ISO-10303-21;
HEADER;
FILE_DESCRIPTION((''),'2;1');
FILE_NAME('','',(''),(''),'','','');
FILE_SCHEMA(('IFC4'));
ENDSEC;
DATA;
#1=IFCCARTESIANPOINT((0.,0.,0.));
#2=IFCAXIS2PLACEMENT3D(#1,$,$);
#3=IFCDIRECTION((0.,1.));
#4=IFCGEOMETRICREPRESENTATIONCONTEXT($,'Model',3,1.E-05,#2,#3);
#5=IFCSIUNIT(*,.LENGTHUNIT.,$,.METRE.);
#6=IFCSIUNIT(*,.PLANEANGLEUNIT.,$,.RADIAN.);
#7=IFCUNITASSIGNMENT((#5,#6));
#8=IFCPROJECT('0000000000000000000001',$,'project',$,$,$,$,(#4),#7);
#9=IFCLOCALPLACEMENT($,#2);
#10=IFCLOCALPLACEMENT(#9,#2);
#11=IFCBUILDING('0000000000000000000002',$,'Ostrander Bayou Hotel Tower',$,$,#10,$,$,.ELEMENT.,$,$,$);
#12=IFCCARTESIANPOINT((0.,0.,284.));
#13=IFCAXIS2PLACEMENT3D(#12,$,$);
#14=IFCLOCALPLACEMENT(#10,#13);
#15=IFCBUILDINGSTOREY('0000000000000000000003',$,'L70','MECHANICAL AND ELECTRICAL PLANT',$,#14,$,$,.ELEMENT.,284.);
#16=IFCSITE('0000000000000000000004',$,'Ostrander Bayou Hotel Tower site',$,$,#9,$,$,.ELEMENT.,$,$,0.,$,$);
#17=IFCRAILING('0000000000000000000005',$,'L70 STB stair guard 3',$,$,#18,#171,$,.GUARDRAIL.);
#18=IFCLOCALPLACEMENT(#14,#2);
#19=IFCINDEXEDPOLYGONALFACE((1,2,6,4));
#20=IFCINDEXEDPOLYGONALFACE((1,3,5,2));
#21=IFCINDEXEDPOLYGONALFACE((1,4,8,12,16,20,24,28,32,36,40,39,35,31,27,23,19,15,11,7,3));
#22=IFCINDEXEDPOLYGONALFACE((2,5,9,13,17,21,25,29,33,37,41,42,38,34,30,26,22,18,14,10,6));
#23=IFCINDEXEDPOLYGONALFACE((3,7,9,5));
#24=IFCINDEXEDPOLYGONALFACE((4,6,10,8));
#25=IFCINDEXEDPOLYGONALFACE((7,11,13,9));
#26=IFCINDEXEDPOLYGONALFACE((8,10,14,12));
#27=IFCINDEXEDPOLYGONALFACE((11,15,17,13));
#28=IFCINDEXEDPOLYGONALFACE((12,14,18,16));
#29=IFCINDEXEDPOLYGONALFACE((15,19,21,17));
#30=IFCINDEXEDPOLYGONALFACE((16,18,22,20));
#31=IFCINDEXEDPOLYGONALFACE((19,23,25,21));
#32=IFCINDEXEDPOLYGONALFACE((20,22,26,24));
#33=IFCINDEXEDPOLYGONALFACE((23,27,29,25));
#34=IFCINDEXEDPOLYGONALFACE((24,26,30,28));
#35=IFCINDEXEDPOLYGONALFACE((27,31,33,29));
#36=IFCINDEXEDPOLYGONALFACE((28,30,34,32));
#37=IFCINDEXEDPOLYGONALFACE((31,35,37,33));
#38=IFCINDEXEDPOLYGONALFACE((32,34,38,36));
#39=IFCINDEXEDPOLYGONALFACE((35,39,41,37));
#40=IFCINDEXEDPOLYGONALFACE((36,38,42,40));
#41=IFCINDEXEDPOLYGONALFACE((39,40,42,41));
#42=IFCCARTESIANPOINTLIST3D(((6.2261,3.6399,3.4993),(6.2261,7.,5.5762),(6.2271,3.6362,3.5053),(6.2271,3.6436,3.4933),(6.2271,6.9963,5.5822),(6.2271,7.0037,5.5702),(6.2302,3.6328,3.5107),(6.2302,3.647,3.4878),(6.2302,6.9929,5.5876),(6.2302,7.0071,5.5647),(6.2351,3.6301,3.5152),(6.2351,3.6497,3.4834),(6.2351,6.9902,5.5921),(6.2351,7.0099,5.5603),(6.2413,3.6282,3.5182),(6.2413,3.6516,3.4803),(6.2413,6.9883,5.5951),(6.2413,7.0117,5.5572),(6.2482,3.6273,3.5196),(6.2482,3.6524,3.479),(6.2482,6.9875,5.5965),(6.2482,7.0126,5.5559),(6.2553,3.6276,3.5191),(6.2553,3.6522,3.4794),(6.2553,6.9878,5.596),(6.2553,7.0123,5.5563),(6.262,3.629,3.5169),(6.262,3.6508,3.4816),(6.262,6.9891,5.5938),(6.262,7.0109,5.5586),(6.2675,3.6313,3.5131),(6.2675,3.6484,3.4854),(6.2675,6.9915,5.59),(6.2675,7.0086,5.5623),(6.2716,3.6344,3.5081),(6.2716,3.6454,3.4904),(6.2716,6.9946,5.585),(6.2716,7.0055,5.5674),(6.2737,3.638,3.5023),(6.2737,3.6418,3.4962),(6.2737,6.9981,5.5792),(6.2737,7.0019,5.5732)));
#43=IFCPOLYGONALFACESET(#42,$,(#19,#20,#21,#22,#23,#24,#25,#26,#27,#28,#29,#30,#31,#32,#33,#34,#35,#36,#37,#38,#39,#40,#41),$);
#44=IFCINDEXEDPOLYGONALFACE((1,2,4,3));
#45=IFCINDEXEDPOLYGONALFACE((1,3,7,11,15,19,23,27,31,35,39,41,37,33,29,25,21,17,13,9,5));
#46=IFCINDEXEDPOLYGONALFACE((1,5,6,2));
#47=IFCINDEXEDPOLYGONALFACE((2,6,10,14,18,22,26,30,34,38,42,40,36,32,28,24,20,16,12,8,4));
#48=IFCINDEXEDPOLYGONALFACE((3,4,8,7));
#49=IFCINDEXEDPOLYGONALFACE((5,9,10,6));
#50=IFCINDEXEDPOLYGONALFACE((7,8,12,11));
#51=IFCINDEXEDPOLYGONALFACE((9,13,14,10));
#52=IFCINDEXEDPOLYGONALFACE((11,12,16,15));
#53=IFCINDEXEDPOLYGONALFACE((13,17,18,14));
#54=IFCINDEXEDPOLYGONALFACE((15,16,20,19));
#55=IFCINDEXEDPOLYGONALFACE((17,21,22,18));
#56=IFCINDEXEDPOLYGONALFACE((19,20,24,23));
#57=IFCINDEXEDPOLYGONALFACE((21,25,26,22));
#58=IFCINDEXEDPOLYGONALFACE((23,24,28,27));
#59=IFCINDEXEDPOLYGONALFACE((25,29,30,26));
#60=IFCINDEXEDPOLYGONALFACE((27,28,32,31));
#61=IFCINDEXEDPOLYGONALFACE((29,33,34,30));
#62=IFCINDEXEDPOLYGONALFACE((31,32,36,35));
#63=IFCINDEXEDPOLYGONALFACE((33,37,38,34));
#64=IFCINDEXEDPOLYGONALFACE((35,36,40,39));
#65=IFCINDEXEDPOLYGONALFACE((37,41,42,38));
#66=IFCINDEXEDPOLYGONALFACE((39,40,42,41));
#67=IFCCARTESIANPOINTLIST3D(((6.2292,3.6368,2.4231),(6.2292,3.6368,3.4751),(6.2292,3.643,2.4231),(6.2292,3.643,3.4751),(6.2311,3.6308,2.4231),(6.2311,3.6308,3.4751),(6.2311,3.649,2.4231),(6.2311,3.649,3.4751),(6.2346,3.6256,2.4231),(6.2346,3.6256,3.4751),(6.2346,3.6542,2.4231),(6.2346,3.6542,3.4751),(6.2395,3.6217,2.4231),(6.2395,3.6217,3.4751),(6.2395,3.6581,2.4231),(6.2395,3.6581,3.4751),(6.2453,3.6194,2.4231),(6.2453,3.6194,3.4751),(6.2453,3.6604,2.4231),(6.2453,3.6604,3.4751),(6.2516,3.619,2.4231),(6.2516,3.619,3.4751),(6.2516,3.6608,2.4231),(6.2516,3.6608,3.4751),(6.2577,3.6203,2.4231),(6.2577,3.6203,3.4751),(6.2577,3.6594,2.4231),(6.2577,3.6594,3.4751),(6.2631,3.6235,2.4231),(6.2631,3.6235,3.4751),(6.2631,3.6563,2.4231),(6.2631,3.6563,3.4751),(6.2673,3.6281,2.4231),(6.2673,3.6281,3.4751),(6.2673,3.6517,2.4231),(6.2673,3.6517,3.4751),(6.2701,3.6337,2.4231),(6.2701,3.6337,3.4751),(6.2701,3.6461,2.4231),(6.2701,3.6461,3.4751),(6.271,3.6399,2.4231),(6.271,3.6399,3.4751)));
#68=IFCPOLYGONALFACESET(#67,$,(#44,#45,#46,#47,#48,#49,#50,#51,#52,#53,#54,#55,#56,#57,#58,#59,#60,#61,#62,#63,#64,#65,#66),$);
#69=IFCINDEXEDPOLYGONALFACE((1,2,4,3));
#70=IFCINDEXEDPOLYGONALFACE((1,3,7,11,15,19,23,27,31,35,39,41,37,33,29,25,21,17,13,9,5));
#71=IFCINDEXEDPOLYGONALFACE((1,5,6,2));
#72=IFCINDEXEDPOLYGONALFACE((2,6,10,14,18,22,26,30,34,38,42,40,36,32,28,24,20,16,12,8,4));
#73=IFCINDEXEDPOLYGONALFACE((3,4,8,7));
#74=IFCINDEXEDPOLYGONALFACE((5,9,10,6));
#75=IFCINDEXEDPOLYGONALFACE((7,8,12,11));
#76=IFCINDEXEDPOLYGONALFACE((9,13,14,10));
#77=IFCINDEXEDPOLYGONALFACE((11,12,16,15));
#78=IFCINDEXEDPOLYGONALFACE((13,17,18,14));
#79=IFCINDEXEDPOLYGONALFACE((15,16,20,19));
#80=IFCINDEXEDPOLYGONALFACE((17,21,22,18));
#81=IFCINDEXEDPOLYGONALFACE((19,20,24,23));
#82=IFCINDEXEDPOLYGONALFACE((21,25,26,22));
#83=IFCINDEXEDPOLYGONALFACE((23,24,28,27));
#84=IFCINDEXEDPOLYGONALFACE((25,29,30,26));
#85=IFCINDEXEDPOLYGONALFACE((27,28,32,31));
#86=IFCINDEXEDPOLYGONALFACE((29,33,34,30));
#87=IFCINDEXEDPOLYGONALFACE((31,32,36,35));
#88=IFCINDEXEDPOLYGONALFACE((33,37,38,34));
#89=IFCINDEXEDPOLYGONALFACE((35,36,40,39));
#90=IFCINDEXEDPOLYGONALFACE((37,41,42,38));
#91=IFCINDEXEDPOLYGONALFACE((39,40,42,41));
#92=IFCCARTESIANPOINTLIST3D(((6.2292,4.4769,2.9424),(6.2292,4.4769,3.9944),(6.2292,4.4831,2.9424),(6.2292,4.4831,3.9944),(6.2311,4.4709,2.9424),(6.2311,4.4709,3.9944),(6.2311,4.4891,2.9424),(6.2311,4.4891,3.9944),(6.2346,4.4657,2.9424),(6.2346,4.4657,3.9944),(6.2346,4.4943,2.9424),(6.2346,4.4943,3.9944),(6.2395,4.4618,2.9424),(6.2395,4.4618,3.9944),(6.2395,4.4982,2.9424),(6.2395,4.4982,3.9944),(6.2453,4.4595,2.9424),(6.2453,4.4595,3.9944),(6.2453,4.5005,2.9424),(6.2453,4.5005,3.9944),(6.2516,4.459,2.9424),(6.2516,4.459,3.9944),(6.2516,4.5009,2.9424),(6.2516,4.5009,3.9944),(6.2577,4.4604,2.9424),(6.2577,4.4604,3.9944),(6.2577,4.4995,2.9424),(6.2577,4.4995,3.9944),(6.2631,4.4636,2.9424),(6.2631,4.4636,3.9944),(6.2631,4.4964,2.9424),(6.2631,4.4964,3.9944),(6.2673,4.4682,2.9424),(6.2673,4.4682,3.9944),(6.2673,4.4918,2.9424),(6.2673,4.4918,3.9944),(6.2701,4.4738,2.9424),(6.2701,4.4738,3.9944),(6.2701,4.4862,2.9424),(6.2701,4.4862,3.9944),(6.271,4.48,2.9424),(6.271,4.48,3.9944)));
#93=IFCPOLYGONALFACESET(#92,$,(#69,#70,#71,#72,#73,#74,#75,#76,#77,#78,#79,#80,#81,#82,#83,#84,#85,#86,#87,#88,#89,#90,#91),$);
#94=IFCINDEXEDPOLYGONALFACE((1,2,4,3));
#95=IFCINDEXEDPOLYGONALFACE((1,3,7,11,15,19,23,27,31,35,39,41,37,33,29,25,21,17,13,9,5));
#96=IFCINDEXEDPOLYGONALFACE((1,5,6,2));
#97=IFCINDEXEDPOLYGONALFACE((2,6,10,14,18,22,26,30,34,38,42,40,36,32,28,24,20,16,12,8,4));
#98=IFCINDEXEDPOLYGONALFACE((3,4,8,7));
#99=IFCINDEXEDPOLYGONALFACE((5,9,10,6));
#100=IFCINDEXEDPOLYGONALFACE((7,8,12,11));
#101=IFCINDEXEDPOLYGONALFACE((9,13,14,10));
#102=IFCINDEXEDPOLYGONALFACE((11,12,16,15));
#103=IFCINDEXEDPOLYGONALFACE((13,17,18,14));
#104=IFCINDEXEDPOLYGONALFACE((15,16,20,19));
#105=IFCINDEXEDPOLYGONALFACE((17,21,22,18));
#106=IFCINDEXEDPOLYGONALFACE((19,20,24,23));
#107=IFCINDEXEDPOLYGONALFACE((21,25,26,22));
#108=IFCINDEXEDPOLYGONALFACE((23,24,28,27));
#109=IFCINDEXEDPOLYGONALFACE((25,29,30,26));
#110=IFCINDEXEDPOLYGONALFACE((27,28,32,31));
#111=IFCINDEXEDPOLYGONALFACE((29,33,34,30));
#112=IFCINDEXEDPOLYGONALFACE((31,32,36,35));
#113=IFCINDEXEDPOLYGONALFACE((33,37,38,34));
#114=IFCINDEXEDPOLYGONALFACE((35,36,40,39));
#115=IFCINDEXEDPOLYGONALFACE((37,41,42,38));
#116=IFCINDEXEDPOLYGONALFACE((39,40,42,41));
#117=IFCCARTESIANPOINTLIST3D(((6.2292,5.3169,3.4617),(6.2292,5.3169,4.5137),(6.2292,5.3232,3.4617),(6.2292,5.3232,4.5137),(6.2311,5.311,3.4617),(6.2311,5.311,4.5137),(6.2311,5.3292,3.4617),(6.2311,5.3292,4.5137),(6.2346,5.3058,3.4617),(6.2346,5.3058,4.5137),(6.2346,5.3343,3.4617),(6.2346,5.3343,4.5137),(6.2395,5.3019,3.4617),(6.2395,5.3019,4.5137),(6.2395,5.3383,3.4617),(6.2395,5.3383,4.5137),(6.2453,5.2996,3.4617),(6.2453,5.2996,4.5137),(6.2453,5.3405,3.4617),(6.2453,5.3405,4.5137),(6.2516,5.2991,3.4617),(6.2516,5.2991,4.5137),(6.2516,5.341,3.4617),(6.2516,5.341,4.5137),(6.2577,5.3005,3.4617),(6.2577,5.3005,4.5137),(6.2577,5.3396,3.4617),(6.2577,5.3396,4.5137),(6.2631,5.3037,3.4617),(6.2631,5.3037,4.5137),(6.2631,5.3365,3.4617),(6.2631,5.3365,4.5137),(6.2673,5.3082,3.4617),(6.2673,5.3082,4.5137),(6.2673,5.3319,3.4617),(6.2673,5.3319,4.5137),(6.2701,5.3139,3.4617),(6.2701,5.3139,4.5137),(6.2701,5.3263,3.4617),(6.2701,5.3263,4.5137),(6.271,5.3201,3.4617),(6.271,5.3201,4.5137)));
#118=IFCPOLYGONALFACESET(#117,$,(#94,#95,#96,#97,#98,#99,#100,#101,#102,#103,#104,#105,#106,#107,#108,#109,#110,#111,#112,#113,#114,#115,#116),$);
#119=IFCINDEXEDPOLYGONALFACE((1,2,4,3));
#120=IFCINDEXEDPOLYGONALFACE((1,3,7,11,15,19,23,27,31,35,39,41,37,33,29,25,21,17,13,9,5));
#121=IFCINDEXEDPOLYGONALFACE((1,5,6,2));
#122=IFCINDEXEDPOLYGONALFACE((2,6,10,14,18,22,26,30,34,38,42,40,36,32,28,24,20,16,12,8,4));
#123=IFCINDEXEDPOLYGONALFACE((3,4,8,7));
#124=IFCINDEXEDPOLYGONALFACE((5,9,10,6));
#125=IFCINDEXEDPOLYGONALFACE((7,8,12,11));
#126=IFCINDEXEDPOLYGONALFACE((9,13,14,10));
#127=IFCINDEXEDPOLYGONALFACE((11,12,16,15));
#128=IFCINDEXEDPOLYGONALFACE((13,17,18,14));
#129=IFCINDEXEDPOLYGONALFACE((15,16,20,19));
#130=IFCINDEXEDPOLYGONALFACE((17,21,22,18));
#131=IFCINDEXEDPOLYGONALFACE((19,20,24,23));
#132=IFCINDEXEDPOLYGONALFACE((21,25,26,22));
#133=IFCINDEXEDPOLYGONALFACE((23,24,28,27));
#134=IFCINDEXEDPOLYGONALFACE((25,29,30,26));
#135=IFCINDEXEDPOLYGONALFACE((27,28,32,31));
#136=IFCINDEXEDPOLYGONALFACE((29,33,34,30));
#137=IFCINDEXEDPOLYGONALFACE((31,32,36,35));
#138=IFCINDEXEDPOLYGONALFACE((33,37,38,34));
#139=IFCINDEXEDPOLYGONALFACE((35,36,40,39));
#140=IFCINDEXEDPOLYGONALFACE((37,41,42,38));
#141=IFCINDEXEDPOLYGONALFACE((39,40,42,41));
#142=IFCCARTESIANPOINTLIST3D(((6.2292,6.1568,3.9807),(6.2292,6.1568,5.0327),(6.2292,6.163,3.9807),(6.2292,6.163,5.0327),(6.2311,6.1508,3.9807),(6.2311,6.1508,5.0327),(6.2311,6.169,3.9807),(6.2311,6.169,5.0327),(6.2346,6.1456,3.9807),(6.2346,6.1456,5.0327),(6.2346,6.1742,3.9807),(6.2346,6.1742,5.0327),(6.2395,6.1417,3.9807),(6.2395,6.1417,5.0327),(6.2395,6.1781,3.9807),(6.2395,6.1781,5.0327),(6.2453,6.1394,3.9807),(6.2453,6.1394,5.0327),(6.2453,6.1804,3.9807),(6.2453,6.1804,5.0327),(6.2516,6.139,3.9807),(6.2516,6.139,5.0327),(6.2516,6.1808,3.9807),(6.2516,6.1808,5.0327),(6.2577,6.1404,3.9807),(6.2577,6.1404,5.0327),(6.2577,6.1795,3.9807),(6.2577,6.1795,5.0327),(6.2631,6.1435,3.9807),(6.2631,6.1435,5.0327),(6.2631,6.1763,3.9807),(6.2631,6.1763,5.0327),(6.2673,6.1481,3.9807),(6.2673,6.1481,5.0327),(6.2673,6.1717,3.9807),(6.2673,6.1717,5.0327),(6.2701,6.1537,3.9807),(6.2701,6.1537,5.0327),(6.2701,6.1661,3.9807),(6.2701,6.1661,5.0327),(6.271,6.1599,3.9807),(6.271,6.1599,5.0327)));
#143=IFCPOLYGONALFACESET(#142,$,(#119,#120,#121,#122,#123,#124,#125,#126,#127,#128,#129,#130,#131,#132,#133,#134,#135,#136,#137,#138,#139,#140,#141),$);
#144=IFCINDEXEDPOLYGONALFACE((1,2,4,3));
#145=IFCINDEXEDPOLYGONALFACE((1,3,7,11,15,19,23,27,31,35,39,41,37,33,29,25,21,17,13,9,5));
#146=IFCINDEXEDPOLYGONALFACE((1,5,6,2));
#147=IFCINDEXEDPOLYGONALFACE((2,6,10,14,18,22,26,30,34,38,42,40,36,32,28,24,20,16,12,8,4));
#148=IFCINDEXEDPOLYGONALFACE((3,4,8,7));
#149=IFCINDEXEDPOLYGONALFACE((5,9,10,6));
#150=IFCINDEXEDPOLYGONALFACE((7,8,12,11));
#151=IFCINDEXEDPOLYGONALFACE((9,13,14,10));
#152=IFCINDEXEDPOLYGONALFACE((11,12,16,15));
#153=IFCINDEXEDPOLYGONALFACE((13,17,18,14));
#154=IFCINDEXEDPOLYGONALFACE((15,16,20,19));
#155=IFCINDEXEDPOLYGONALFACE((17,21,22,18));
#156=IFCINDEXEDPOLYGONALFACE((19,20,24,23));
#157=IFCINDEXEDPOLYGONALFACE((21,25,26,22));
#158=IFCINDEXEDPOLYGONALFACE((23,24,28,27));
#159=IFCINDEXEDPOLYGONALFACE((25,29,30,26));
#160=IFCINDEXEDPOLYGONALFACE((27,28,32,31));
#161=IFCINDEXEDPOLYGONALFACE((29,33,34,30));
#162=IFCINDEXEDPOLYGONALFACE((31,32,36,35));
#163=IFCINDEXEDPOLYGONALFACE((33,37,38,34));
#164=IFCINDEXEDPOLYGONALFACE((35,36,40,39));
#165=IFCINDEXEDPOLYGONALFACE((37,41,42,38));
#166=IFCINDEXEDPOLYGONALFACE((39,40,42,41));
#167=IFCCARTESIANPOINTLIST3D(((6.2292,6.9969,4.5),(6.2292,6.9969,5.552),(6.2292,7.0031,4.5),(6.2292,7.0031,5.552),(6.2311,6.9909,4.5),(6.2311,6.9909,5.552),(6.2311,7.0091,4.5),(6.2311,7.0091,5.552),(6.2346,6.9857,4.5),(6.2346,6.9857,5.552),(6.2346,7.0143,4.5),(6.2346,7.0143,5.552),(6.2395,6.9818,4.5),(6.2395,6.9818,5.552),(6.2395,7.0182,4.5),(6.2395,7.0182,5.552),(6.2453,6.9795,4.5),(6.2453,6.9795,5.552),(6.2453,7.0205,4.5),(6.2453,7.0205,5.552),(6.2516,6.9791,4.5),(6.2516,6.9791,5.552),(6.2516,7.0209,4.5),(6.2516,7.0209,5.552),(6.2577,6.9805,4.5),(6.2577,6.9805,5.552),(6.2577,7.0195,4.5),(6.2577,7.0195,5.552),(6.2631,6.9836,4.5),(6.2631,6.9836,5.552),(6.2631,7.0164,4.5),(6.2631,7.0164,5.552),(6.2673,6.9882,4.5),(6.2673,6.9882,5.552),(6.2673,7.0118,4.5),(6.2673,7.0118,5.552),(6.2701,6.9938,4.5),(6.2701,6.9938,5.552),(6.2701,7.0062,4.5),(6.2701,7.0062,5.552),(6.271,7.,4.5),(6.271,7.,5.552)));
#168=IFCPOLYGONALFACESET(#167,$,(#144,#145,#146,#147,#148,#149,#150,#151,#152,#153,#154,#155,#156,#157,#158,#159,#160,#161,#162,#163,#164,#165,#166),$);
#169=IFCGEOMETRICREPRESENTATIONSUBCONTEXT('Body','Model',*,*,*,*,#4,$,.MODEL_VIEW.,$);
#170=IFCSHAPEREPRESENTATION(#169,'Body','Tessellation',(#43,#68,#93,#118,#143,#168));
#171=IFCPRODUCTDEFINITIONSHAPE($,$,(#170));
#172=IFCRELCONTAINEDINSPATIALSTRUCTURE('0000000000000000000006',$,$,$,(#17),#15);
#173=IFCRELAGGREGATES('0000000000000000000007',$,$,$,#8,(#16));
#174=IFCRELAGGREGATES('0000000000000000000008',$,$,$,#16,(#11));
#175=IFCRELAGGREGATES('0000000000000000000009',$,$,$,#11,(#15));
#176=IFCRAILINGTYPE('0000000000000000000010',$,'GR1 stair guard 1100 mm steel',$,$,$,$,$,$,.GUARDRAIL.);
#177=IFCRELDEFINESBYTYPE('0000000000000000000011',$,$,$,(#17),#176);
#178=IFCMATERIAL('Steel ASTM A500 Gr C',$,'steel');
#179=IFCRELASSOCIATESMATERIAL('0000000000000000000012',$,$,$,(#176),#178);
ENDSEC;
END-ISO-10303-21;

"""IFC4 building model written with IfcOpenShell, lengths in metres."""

from ifc_helpers import new_model, si_unit, direction, frame, origin, origin_2d, place, context, subcontext, project, spatial, circle, extrude, material, type_object, element, save


model = new_model("IFC4")

# Units and contexts
model_context = context("Model", 3, precision=1e-05, world=origin(), true_north=direction((0.0, 1.0)))
body_context = subcontext(model_context, "Body", "Model", "MODEL_VIEW")
ifc_project = project(units=[si_unit("LENGTHUNIT", "METRE"), si_unit("PLANEANGLEUNIT", "RADIAN")], contexts=[model_context])

# Site, building, storey
site_placement = place(None, origin())
site = spatial("IfcSite", under=ifc_project, at=site_placement, Name="Ostrander Bayou Hotel Tower site", CompositionType="ELEMENT", RefElevation=0.0)
building_placement = place(site_placement, origin())
building = spatial("IfcBuilding", under=site, at=building_placement, Name="Ostrander Bayou Hotel Tower", CompositionType="ELEMENT")
storey_placement = place(building_placement, frame((0.0, 0.0, 284.0)))
storey = spatial("IfcBuildingStorey", under=building, at=storey_placement, Name="L70", Description="MECHANICAL AND ELECTRICAL PLANT", CompositionType="ELEMENT", Elevation=284.0)

# Railing
ifc_material_1 = material(Name="Steel ASTM A500 Gr C", Category="steel")
railing_type_1 = type_object("IfcRailingType", Name="GR1 stair guard 1100 mm steel", PredefinedType="GUARDRAIL", material=ifc_material_1)
railing_1_placement = place(storey_placement, frame((6.25, 3.6399, 2.4231)))
element("IfcRailing", 1, at=railing_1_placement, inside=storey, type_object=railing_type_1, Name="L70 STB stair guard 3", PredefinedType="GUARDRAIL", context=body_context, shape_type="SweptSolid", body=[
    extrude(circle(Radius=0.0239, at=origin_2d()), frame((0.0, 0.0, 1.0762), z_axis=(0.0, 0.850623, 0.525776), x_axis=(-1.0, 0.0, 0.0)), (0.0, 0.0, 1.0), 3.9502),
    extrude(circle(Radius=0.021, at=origin_2d()), origin(), (0.0, 0.0, 1.0), 1.052),
    extrude(circle(Radius=0.021, at=origin_2d()), frame((0.0, 0.8401, 0.5193)), (0.0, 0.0, 1.0), 1.052),
    extrude(circle(Radius=0.021, at=origin_2d()), frame((0.0, 1.6802, 1.0386)), (0.0, 0.0, 1.0), 1.052),
    extrude(circle(Radius=0.021, at=origin_2d()), frame((0.0, 2.52, 1.5576)), (0.0, 0.0, 1.0), 1.052),
    extrude(circle(Radius=0.021, at=origin_2d()), frame((0.0, 3.3601, 2.0769)), (0.0, 0.0, 1.0), 1.052),
])

save(model, "model.ifc")
